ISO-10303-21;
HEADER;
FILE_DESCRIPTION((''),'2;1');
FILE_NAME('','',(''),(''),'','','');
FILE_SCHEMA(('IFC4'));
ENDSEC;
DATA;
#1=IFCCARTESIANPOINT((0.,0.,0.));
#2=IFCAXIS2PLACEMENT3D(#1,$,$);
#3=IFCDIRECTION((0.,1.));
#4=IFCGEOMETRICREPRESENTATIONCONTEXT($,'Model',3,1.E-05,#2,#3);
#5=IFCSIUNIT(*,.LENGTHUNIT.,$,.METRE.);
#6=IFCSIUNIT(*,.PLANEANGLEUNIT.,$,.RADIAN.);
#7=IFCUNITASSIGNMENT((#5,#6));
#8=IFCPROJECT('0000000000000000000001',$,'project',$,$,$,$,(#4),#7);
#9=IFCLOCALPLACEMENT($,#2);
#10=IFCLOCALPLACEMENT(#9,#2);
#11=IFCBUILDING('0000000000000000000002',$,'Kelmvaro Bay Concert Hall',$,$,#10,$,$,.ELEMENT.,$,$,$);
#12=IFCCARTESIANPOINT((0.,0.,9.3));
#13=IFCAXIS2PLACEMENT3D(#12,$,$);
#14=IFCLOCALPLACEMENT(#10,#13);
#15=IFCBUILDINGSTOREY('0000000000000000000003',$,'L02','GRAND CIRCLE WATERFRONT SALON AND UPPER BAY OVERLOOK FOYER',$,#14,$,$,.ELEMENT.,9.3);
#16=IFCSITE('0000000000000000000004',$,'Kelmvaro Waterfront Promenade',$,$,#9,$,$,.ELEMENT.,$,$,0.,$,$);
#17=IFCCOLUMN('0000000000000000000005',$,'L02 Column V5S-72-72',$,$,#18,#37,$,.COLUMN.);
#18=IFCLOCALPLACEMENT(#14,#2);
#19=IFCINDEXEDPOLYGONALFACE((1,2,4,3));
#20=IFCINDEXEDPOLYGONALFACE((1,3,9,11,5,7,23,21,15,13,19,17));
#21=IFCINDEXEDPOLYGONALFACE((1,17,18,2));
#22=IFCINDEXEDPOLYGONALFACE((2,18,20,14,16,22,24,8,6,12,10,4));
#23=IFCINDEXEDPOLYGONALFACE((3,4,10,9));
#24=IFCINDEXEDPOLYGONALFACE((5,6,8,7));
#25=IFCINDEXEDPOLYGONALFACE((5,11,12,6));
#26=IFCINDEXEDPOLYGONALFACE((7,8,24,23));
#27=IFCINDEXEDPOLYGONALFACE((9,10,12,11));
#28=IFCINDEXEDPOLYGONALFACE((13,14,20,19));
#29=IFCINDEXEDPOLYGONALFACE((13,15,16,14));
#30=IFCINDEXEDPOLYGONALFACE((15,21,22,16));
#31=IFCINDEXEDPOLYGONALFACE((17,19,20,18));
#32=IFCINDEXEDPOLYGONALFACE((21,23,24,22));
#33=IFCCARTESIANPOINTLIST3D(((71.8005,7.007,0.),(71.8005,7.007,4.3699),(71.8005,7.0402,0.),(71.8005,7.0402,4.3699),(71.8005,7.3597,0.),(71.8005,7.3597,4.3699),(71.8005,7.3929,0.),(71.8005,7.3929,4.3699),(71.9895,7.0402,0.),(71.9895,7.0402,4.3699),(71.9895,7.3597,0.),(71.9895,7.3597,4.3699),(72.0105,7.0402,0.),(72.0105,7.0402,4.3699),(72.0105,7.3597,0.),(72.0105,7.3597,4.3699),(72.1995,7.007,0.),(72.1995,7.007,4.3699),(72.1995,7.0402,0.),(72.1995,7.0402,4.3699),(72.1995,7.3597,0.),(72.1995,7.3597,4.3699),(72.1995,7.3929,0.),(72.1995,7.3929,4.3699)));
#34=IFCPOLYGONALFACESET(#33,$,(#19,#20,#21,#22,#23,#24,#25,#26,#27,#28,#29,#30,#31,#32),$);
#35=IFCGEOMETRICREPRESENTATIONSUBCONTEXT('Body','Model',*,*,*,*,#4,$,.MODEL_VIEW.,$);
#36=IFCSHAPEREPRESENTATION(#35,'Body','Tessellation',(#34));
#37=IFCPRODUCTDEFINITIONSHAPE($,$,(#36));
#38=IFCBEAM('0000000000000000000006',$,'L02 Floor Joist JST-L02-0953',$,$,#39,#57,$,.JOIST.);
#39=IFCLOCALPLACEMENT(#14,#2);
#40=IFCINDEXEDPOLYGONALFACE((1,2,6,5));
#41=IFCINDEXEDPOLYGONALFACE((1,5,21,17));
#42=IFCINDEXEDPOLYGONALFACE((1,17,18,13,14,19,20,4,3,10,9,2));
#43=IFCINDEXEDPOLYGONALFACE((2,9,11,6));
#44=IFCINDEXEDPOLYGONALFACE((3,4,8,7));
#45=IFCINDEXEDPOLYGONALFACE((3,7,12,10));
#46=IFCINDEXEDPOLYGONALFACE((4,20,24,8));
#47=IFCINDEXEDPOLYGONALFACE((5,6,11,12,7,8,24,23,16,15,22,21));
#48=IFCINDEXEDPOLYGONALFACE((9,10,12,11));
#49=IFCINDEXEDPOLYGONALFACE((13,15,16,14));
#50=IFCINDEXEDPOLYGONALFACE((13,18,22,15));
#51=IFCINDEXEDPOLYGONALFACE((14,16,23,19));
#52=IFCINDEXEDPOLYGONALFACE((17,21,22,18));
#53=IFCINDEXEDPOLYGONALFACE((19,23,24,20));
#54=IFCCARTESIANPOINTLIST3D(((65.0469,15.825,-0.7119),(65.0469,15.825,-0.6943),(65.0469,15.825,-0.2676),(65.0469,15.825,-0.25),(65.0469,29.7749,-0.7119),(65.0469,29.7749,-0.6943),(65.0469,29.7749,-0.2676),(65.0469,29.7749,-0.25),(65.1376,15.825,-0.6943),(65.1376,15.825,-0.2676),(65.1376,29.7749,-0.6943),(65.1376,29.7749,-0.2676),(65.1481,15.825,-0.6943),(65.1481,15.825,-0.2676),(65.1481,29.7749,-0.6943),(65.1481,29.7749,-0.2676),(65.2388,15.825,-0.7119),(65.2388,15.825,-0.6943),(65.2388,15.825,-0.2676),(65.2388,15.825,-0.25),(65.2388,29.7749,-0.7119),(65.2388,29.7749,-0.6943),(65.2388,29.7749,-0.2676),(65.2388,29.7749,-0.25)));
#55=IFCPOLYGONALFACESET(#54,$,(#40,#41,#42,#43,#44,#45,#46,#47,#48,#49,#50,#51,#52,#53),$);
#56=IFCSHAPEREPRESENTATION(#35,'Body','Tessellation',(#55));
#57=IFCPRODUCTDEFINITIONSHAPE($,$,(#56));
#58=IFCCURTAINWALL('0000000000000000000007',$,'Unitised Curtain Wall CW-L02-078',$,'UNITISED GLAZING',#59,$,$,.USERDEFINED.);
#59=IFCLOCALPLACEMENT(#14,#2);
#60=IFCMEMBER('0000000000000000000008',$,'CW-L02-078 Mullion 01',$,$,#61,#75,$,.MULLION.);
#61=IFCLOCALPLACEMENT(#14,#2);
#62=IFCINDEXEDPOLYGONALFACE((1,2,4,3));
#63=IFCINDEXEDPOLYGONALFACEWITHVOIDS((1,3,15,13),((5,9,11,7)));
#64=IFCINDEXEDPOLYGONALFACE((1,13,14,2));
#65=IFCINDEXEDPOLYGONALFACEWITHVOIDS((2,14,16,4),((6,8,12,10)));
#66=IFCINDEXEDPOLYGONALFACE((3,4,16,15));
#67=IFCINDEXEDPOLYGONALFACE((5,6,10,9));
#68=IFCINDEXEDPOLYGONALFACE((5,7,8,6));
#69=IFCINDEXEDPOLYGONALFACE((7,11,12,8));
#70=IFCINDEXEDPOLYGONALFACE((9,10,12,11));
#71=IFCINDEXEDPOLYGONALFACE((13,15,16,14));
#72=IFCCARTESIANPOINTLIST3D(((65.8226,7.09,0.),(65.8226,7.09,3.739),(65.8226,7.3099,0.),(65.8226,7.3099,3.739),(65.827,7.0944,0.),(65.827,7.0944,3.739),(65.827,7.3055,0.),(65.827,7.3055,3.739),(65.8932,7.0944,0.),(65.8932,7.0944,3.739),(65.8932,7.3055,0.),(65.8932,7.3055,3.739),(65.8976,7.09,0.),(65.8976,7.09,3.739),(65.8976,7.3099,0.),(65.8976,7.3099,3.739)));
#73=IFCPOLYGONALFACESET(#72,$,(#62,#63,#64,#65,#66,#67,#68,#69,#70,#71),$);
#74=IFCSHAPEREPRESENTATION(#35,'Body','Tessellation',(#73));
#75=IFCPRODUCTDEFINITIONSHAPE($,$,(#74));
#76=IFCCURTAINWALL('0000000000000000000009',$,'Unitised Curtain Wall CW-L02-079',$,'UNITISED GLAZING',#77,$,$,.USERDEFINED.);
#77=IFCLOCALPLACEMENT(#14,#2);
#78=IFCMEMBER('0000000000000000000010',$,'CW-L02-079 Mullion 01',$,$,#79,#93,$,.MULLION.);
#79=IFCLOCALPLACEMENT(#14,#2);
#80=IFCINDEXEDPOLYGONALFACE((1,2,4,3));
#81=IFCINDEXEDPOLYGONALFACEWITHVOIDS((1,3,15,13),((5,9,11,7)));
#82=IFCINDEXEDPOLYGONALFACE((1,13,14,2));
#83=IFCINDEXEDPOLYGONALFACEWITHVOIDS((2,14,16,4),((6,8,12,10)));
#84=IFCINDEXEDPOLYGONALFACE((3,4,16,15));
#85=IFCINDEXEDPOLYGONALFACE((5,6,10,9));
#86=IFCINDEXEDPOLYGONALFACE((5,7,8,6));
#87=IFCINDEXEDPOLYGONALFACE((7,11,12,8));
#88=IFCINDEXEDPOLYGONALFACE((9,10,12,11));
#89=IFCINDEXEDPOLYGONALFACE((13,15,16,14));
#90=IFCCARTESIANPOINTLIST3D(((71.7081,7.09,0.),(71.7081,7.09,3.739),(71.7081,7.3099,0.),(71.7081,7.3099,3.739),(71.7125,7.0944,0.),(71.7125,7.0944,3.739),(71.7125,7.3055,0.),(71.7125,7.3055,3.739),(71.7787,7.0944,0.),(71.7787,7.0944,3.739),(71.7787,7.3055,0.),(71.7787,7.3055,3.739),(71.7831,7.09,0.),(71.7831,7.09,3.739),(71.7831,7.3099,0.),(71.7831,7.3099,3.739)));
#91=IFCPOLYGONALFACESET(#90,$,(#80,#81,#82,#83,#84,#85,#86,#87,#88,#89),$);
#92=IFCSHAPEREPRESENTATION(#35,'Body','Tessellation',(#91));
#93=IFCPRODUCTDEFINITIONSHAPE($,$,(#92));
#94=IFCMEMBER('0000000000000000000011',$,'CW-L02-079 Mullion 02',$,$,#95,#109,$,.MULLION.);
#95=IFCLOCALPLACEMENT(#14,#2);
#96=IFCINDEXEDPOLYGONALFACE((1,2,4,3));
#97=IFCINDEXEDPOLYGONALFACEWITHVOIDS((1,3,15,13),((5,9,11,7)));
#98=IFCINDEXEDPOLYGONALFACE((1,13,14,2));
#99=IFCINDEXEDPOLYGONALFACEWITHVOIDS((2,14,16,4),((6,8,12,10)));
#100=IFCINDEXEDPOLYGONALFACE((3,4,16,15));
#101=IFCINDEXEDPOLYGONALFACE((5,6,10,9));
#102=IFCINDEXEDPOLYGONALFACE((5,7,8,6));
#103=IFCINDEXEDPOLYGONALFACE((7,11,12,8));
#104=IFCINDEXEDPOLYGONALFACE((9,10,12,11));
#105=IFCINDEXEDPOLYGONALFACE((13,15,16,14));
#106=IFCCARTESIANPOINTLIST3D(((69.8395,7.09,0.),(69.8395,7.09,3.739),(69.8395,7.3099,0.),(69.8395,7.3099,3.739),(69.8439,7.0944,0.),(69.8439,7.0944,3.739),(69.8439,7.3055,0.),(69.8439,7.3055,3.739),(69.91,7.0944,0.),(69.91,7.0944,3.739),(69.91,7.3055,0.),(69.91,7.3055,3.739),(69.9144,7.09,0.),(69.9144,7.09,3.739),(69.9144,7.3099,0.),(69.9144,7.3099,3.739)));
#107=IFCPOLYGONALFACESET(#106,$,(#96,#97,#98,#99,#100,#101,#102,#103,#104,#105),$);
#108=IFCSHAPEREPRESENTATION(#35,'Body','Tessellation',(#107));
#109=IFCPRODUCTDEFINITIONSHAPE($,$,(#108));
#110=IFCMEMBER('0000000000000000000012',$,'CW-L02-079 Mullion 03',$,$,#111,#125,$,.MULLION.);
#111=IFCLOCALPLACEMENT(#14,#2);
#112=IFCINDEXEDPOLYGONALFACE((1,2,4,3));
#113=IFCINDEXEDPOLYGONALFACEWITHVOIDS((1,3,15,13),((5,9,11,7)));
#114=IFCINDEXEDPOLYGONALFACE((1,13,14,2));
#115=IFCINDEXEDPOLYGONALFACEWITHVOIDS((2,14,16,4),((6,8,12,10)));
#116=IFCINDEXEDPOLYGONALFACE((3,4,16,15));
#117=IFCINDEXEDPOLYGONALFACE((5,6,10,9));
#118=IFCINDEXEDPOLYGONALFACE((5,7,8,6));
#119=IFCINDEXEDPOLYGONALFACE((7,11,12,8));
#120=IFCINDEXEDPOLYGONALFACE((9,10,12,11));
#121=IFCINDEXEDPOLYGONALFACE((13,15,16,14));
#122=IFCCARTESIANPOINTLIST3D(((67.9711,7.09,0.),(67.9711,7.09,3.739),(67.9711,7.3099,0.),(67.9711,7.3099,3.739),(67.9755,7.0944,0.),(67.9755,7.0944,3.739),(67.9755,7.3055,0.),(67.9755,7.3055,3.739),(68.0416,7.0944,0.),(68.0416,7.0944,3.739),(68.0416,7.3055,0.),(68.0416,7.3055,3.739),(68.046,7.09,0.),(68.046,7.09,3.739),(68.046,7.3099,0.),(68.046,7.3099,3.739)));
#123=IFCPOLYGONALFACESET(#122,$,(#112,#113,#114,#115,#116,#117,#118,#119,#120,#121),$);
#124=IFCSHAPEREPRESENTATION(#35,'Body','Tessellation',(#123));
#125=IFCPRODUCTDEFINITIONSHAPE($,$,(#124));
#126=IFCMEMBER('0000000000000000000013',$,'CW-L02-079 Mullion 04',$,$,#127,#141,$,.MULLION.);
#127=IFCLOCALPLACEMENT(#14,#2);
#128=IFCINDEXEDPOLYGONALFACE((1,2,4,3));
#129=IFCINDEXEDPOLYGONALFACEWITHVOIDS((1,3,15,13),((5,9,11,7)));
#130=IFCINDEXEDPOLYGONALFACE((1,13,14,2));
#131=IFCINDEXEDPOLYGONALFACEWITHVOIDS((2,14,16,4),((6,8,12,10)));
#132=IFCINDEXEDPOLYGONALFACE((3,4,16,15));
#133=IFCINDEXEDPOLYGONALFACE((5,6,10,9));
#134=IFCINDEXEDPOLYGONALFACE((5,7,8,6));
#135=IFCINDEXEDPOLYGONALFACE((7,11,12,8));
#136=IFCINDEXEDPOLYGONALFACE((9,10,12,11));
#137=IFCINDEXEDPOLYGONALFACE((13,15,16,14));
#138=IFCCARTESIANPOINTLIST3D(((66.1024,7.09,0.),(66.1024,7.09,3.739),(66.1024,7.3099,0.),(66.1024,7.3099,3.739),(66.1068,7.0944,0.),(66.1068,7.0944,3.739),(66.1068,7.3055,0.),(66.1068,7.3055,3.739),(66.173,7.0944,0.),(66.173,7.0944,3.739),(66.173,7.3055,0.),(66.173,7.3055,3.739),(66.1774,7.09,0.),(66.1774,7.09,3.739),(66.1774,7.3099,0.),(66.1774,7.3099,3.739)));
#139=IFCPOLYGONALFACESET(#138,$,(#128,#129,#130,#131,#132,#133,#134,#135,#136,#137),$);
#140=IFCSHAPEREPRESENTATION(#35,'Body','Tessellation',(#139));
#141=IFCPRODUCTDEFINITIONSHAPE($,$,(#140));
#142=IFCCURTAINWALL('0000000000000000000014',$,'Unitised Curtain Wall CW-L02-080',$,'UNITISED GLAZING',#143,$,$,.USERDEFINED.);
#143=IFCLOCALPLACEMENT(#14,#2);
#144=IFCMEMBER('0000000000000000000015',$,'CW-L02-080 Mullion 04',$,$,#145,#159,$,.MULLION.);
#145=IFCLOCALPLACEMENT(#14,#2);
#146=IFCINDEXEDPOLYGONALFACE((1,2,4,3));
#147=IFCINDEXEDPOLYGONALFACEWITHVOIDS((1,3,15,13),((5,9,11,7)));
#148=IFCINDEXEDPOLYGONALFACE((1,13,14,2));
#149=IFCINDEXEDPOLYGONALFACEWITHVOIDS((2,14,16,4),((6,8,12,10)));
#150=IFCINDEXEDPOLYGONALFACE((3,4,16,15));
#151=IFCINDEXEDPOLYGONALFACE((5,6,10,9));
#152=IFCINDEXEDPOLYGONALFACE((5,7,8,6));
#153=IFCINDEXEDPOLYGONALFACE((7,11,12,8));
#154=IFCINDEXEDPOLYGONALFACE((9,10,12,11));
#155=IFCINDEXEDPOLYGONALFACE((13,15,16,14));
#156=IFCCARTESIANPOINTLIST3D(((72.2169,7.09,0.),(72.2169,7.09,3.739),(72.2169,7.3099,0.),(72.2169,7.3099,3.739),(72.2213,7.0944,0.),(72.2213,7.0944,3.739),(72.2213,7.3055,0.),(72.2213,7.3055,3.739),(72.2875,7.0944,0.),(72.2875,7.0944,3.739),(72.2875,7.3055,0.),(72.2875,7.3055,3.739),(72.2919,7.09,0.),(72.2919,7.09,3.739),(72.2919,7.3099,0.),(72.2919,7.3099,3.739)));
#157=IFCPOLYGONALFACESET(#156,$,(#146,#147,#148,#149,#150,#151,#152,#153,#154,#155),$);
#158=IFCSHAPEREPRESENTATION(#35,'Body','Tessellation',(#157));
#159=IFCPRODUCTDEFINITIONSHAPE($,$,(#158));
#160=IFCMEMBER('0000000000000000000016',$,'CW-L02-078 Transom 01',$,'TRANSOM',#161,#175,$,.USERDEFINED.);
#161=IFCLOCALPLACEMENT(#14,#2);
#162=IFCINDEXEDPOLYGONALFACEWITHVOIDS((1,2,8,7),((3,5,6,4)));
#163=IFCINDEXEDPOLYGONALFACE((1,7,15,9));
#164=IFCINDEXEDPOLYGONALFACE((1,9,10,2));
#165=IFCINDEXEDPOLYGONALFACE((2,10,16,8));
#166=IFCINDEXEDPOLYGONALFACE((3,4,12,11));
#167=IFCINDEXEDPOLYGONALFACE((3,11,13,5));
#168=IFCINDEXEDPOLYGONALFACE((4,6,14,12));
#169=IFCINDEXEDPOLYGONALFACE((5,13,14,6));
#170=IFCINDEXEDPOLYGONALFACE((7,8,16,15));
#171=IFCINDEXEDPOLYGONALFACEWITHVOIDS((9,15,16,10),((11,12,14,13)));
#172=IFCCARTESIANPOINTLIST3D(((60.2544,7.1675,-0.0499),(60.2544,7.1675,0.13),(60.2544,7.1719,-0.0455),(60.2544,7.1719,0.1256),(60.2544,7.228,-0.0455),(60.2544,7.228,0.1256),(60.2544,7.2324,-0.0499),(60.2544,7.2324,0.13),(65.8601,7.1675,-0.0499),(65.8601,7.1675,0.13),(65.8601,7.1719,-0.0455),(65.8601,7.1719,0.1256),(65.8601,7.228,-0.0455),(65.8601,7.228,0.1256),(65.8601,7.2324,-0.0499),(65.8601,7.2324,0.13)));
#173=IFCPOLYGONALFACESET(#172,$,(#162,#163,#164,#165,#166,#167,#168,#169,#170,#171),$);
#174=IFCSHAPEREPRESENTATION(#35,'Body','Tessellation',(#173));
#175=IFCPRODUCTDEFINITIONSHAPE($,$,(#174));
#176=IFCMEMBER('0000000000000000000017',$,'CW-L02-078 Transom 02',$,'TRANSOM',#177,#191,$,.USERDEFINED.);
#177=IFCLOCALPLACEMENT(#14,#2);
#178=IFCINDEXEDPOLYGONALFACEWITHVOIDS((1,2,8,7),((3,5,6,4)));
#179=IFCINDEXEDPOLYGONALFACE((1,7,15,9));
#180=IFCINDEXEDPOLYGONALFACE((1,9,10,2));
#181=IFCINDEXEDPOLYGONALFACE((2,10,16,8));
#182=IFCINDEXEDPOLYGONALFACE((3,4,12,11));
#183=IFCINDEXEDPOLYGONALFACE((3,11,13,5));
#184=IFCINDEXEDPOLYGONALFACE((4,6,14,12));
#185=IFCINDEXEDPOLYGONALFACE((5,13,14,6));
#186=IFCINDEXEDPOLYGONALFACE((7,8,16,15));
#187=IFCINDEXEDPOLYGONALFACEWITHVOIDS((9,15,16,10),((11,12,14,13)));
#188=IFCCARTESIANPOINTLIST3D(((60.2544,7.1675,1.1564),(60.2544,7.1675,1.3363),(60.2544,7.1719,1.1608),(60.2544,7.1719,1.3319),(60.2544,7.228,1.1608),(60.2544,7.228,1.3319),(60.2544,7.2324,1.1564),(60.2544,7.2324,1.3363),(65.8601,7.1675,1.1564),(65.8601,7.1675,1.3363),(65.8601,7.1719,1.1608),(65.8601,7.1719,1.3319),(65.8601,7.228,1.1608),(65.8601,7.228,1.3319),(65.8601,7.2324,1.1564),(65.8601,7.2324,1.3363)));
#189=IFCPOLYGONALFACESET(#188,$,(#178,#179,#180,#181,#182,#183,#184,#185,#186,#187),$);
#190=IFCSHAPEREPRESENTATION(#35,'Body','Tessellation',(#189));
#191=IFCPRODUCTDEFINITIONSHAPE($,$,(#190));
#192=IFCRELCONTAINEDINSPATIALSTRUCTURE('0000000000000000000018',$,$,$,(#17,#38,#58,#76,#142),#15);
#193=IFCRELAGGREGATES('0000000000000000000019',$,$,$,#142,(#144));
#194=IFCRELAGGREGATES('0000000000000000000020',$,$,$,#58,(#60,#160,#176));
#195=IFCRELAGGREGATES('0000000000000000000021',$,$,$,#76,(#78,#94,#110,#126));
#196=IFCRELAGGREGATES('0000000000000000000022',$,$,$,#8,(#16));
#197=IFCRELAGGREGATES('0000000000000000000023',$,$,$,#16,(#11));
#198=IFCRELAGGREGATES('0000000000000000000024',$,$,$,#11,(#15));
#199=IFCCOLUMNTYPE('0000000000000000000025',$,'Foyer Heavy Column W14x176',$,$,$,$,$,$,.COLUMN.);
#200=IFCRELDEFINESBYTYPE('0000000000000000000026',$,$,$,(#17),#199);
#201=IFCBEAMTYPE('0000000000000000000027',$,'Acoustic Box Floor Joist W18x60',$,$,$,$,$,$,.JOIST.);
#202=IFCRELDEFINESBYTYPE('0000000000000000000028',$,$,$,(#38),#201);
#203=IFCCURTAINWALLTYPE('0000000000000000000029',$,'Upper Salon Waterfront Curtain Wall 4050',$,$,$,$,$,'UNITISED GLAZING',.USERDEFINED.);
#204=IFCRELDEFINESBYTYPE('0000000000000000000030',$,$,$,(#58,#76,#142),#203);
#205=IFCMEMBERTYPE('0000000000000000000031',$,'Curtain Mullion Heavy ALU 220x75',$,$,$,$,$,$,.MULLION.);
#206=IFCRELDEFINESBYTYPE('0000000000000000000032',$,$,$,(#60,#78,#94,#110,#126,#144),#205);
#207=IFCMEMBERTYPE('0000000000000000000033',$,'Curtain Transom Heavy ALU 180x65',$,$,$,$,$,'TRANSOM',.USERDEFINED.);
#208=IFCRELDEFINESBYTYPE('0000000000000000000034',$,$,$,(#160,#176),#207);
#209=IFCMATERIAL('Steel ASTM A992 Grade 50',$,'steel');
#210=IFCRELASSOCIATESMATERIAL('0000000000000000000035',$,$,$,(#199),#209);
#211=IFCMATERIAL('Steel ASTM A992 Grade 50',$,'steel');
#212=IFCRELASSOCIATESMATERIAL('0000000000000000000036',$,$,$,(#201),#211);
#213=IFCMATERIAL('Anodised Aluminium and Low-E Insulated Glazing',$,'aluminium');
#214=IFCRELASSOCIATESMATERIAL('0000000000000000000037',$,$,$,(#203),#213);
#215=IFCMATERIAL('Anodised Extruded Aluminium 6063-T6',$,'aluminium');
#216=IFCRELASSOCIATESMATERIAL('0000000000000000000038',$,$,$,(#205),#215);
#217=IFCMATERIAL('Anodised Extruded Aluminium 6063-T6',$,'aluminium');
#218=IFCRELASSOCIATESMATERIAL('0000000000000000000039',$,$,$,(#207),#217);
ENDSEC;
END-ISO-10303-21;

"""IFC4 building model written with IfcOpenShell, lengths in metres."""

from ifc_helpers import new_model, si_unit, direction, frame, origin, origin_2d, place, context, subcontext, project, spatial, hollow_rectangle, i_section, extrude, material, material_profile, profile_set, type_object, element, aggregate, save


model = new_model("IFC4")

# Units and contexts
model_context = context("Model", 3, precision=1e-05, world=origin(), true_north=direction((0.0, 1.0)))
body_context = subcontext(model_context, "Body", "Model", "MODEL_VIEW")
ifc_project = project(units=[si_unit("LENGTHUNIT", "METRE"), si_unit("PLANEANGLEUNIT", "RADIAN")], contexts=[model_context])

# Site, building, storey
site_placement = place(None, origin())
site = spatial("IfcSite", under=ifc_project, at=site_placement, Name="Kelmvaro Waterfront Promenade", CompositionType="ELEMENT", RefElevation=0.0)
building_placement = place(site_placement, origin())
building = spatial("IfcBuilding", under=site, at=building_placement, Name="Kelmvaro Bay Concert Hall", CompositionType="ELEMENT")
storey_placement = place(building_placement, frame((0.0, 0.0, 9.3)))
storey = spatial("IfcBuildingStorey", under=building, at=storey_placement, Name="L02", Description="GRAND CIRCLE WATERFRONT SALON AND UPPER BAY OVERLOOK FOYER", CompositionType="ELEMENT", Elevation=9.3)

# Column
ifc_material_1 = material(Name="Steel ASTM A992 Grade 50", Category="steel")
ifc_material_profile_1 = material_profile(ifc_material_1, i_section(OverallWidth=0.3989, OverallDepth=0.386, WebThickness=0.021, FlangeThickness=0.0332, at=origin_2d()), Name="W14X176")
ifc_profile_set_1 = profile_set([ifc_material_profile_1], Name="Steel ASTM A992 Grade 50")
column_type = type_object("IfcColumnType", Name="Foyer Heavy Column W14x176", PredefinedType="COLUMN", material=ifc_profile_set_1)
column_placement = place(storey_placement, frame((72.0, 7.2, 0.0), z_axis=(0.0, 0.0, 1.0), x_axis=(1.0, 0.0, 0.0)))
element("IfcColumn", 1, at=column_placement, inside=storey, type_object=column_type, Name="L02 Column V5S-72-72", PredefinedType="COLUMN", context=body_context, shape_type="SweptSolid", body=[
    extrude(i_section(OverallWidth=0.3989, OverallDepth=0.386, WebThickness=0.021, FlangeThickness=0.0332, at=origin_2d()), origin(), (0.0, 0.0, 1.0), 4.3699),
])

# Beam
ifc_material_2 = material(Name="Steel ASTM A992 Grade 50", Category="steel")
ifc_material_profile_2 = material_profile(ifc_material_2, i_section(OverallWidth=0.1919, OverallDepth=0.4619, WebThickness=0.0105, FlangeThickness=0.0176, at=origin_2d()), Name="W18X60")
ifc_profile_set_2 = profile_set([ifc_material_profile_2], Name="Steel ASTM A992 Grade 50")
beam_type_1 = type_object("IfcBeamType", Name="Acoustic Box Floor Joist W18x60", PredefinedType="JOIST", material=ifc_profile_set_2)
beam_1_placement = place(storey_placement, frame((65.1428, 15.825, -0.481), z_axis=(0.0, 1.0, 0.0), x_axis=(-1.0, 0.0, 0.0)))
element("IfcBeam", 2, at=beam_1_placement, inside=storey, type_object=beam_type_1, Name="L02 Floor Joist JST-L02-0953", PredefinedType="JOIST", context=body_context, shape_type="SweptSolid", body=[
    extrude(i_section(OverallWidth=0.1919, OverallDepth=0.4619, WebThickness=0.0105, FlangeThickness=0.0176, at=origin_2d()), origin(), (0.0, 0.0, 1.0), 13.95),
])

# Curtain wall, member
ifc_material_3 = material(Name="Anodised Aluminium and Low-E Insulated Glazing", Category="aluminium")
curtain_wall_type = type_object("IfcCurtainWallType", Name="Upper Salon Waterfront Curtain Wall 4050", ElementType="UNITISED GLAZING", PredefinedType="USERDEFINED", material=ifc_material_3)
curtain_wall_1_placement = place(storey_placement, origin())
curtain_wall_1 = element("IfcCurtainWall", 3, at=curtain_wall_1_placement, inside=storey, type_object=curtain_wall_type, Name="Unitised Curtain Wall CW-L02-078", ObjectType="UNITISED GLAZING", PredefinedType="USERDEFINED")
ifc_material_4 = material(Name="Anodised Extruded Aluminium 6063-T6", Category="aluminium")
ifc_material_profile_3 = material_profile(ifc_material_4, hollow_rectangle(XDim=0.075, YDim=0.22, WallThickness=0.0044, at=origin_2d()), Name="ALU-MUL-220X75")
ifc_profile_set_3 = profile_set([ifc_material_profile_3], Name="Anodised Extruded Aluminium 6063-T6")
member_type_1 = type_object("IfcMemberType", Name="Curtain Mullion Heavy ALU 220x75", PredefinedType="MULLION", material=ifc_profile_set_3)
member_1_placement = place(storey_placement, frame((65.8601, 7.2, 0.0), z_axis=(0.0, 0.0, 1.0), x_axis=(1.0, 0.0, 0.0)))
member_1 = element("IfcMember", 4, at=member_1_placement, type_object=member_type_1, Name="CW-L02-078 Mullion 01", PredefinedType="MULLION", context=body_context, shape_type="SweptSolid", body=[
    extrude(hollow_rectangle(XDim=0.075, YDim=0.22, WallThickness=0.0044, at=origin_2d()), origin(), (0.0, 0.0, 1.0), 3.739),
])

# Curtain wall, members
curtain_wall_2_placement = place(storey_placement, origin())
curtain_wall_2 = element("IfcCurtainWall", 5, at=curtain_wall_2_placement, inside=storey, type_object=curtain_wall_type, Name="Unitised Curtain Wall CW-L02-079", ObjectType="UNITISED GLAZING", PredefinedType="USERDEFINED")
member_2_placement = place(storey_placement, frame((71.7456, 7.2, 0.0), z_axis=(0.0, 0.0, 1.0), x_axis=(1.0, 0.0, 0.0)))
member_2 = element("IfcMember", 6, at=member_2_placement, type_object=member_type_1, Name="CW-L02-079 Mullion 01", PredefinedType="MULLION", context=body_context, shape_type="SweptSolid", body=[
    extrude(hollow_rectangle(XDim=0.075, YDim=0.22, WallThickness=0.0044, at=origin_2d()), origin(), (0.0, 0.0, 1.0), 3.739),
])
member_3_placement = place(storey_placement, frame((69.877, 7.2, 0.0), z_axis=(0.0, 0.0, 1.0), x_axis=(1.0, 0.0, 0.0)))
member_3 = element("IfcMember", 7, at=member_3_placement, type_object=member_type_1, Name="CW-L02-079 Mullion 02", PredefinedType="MULLION", context=body_context, shape_type="SweptSolid", body=[
    extrude(hollow_rectangle(XDim=0.075, YDim=0.22, WallThickness=0.0044, at=origin_2d()), origin(), (0.0, 0.0, 1.0), 3.739),
])
member_4_placement = place(storey_placement, frame((68.0085, 7.2, 0.0), z_axis=(0.0, 0.0, 1.0), x_axis=(1.0, 0.0, 0.0)))
member_4 = element("IfcMember", 8, at=member_4_placement, type_object=member_type_1, Name="CW-L02-079 Mullion 03", PredefinedType="MULLION", context=body_context, shape_type="SweptSolid", body=[
    extrude(hollow_rectangle(XDim=0.075, YDim=0.22, WallThickness=0.0044, at=origin_2d()), origin(), (0.0, 0.0, 1.0), 3.739),
])
member_5_placement = place(storey_placement, frame((66.1399, 7.2, 0.0), z_axis=(0.0, 0.0, 1.0), x_axis=(1.0, 0.0, 0.0)))
member_5 = element("IfcMember", 9, at=member_5_placement, type_object=member_type_1, Name="CW-L02-079 Mullion 04", PredefinedType="MULLION", context=body_context, shape_type="SweptSolid", body=[
    extrude(hollow_rectangle(XDim=0.075, YDim=0.22, WallThickness=0.0044, at=origin_2d()), origin(), (0.0, 0.0, 1.0), 3.739),
])

# Curtain wall, member
curtain_wall_3_placement = place(storey_placement, origin())
curtain_wall_3 = element("IfcCurtainWall", 10, at=curtain_wall_3_placement, inside=storey, type_object=curtain_wall_type, Name="Unitised Curtain Wall CW-L02-080", ObjectType="UNITISED GLAZING", PredefinedType="USERDEFINED")
member_6_placement = place(storey_placement, frame((72.2544, 7.2, 0.0), z_axis=(0.0, 0.0, 1.0), x_axis=(1.0, 0.0, 0.0)))
member_6 = element("IfcMember", 11, at=member_6_placement, type_object=member_type_1, Name="CW-L02-080 Mullion 04", PredefinedType="MULLION", context=body_context, shape_type="SweptSolid", body=[
    extrude(hollow_rectangle(XDim=0.075, YDim=0.22, WallThickness=0.0044, at=origin_2d()), origin(), (0.0, 0.0, 1.0), 3.739),
])
aggregate(curtain_wall_3, [member_6])

# Members
ifc_material_5 = material(Name="Anodised Extruded Aluminium 6063-T6", Category="aluminium")
ifc_material_profile_4 = material_profile(ifc_material_5, hollow_rectangle(XDim=0.0649, YDim=0.1799, WallThickness=0.0044, at=origin_2d()), Name="ALU-TRN-180X65")
ifc_profile_set_4 = profile_set([ifc_material_profile_4], Name="Anodised Extruded Aluminium 6063-T6")
member_type_2 = type_object("IfcMemberType", Name="Curtain Transom Heavy ALU 180x65", ElementType="TRANSOM", PredefinedType="USERDEFINED", material=ifc_profile_set_4)
member_7_placement = place(storey_placement, frame((65.8601, 7.2, 0.04), z_axis=(-1.0, 0.0, 0.0), x_axis=(0.0, -1.0, 0.0)))
member_7 = element("IfcMember", 12, at=member_7_placement, type_object=member_type_2, Name="CW-L02-078 Transom 01", ObjectType="TRANSOM", PredefinedType="USERDEFINED", context=body_context, shape_type="SweptSolid", body=[
    extrude(hollow_rectangle(XDim=0.0649, YDim=0.1799, WallThickness=0.0044, at=origin_2d()), origin(), (0.0, 0.0, 1.0), 5.6057),
])
member_8_placement = place(storey_placement, frame((65.8601, 7.2, 1.2463), z_axis=(-1.0, 0.0, 0.0), x_axis=(0.0, -1.0, 0.0)))
member_8 = element("IfcMember", 13, at=member_8_placement, type_object=member_type_2, Name="CW-L02-078 Transom 02", ObjectType="TRANSOM", PredefinedType="USERDEFINED", context=body_context, shape_type="SweptSolid", body=[
    extrude(hollow_rectangle(XDim=0.0649, YDim=0.1799, WallThickness=0.0044, at=origin_2d()), origin(), (0.0, 0.0, 1.0), 5.6057),
])
aggregate(curtain_wall_1, [member_1, member_7, member_8])

aggregate(curtain_wall_2, [member_2, member_3, member_4, member_5])

save(model, "model.ifc")
